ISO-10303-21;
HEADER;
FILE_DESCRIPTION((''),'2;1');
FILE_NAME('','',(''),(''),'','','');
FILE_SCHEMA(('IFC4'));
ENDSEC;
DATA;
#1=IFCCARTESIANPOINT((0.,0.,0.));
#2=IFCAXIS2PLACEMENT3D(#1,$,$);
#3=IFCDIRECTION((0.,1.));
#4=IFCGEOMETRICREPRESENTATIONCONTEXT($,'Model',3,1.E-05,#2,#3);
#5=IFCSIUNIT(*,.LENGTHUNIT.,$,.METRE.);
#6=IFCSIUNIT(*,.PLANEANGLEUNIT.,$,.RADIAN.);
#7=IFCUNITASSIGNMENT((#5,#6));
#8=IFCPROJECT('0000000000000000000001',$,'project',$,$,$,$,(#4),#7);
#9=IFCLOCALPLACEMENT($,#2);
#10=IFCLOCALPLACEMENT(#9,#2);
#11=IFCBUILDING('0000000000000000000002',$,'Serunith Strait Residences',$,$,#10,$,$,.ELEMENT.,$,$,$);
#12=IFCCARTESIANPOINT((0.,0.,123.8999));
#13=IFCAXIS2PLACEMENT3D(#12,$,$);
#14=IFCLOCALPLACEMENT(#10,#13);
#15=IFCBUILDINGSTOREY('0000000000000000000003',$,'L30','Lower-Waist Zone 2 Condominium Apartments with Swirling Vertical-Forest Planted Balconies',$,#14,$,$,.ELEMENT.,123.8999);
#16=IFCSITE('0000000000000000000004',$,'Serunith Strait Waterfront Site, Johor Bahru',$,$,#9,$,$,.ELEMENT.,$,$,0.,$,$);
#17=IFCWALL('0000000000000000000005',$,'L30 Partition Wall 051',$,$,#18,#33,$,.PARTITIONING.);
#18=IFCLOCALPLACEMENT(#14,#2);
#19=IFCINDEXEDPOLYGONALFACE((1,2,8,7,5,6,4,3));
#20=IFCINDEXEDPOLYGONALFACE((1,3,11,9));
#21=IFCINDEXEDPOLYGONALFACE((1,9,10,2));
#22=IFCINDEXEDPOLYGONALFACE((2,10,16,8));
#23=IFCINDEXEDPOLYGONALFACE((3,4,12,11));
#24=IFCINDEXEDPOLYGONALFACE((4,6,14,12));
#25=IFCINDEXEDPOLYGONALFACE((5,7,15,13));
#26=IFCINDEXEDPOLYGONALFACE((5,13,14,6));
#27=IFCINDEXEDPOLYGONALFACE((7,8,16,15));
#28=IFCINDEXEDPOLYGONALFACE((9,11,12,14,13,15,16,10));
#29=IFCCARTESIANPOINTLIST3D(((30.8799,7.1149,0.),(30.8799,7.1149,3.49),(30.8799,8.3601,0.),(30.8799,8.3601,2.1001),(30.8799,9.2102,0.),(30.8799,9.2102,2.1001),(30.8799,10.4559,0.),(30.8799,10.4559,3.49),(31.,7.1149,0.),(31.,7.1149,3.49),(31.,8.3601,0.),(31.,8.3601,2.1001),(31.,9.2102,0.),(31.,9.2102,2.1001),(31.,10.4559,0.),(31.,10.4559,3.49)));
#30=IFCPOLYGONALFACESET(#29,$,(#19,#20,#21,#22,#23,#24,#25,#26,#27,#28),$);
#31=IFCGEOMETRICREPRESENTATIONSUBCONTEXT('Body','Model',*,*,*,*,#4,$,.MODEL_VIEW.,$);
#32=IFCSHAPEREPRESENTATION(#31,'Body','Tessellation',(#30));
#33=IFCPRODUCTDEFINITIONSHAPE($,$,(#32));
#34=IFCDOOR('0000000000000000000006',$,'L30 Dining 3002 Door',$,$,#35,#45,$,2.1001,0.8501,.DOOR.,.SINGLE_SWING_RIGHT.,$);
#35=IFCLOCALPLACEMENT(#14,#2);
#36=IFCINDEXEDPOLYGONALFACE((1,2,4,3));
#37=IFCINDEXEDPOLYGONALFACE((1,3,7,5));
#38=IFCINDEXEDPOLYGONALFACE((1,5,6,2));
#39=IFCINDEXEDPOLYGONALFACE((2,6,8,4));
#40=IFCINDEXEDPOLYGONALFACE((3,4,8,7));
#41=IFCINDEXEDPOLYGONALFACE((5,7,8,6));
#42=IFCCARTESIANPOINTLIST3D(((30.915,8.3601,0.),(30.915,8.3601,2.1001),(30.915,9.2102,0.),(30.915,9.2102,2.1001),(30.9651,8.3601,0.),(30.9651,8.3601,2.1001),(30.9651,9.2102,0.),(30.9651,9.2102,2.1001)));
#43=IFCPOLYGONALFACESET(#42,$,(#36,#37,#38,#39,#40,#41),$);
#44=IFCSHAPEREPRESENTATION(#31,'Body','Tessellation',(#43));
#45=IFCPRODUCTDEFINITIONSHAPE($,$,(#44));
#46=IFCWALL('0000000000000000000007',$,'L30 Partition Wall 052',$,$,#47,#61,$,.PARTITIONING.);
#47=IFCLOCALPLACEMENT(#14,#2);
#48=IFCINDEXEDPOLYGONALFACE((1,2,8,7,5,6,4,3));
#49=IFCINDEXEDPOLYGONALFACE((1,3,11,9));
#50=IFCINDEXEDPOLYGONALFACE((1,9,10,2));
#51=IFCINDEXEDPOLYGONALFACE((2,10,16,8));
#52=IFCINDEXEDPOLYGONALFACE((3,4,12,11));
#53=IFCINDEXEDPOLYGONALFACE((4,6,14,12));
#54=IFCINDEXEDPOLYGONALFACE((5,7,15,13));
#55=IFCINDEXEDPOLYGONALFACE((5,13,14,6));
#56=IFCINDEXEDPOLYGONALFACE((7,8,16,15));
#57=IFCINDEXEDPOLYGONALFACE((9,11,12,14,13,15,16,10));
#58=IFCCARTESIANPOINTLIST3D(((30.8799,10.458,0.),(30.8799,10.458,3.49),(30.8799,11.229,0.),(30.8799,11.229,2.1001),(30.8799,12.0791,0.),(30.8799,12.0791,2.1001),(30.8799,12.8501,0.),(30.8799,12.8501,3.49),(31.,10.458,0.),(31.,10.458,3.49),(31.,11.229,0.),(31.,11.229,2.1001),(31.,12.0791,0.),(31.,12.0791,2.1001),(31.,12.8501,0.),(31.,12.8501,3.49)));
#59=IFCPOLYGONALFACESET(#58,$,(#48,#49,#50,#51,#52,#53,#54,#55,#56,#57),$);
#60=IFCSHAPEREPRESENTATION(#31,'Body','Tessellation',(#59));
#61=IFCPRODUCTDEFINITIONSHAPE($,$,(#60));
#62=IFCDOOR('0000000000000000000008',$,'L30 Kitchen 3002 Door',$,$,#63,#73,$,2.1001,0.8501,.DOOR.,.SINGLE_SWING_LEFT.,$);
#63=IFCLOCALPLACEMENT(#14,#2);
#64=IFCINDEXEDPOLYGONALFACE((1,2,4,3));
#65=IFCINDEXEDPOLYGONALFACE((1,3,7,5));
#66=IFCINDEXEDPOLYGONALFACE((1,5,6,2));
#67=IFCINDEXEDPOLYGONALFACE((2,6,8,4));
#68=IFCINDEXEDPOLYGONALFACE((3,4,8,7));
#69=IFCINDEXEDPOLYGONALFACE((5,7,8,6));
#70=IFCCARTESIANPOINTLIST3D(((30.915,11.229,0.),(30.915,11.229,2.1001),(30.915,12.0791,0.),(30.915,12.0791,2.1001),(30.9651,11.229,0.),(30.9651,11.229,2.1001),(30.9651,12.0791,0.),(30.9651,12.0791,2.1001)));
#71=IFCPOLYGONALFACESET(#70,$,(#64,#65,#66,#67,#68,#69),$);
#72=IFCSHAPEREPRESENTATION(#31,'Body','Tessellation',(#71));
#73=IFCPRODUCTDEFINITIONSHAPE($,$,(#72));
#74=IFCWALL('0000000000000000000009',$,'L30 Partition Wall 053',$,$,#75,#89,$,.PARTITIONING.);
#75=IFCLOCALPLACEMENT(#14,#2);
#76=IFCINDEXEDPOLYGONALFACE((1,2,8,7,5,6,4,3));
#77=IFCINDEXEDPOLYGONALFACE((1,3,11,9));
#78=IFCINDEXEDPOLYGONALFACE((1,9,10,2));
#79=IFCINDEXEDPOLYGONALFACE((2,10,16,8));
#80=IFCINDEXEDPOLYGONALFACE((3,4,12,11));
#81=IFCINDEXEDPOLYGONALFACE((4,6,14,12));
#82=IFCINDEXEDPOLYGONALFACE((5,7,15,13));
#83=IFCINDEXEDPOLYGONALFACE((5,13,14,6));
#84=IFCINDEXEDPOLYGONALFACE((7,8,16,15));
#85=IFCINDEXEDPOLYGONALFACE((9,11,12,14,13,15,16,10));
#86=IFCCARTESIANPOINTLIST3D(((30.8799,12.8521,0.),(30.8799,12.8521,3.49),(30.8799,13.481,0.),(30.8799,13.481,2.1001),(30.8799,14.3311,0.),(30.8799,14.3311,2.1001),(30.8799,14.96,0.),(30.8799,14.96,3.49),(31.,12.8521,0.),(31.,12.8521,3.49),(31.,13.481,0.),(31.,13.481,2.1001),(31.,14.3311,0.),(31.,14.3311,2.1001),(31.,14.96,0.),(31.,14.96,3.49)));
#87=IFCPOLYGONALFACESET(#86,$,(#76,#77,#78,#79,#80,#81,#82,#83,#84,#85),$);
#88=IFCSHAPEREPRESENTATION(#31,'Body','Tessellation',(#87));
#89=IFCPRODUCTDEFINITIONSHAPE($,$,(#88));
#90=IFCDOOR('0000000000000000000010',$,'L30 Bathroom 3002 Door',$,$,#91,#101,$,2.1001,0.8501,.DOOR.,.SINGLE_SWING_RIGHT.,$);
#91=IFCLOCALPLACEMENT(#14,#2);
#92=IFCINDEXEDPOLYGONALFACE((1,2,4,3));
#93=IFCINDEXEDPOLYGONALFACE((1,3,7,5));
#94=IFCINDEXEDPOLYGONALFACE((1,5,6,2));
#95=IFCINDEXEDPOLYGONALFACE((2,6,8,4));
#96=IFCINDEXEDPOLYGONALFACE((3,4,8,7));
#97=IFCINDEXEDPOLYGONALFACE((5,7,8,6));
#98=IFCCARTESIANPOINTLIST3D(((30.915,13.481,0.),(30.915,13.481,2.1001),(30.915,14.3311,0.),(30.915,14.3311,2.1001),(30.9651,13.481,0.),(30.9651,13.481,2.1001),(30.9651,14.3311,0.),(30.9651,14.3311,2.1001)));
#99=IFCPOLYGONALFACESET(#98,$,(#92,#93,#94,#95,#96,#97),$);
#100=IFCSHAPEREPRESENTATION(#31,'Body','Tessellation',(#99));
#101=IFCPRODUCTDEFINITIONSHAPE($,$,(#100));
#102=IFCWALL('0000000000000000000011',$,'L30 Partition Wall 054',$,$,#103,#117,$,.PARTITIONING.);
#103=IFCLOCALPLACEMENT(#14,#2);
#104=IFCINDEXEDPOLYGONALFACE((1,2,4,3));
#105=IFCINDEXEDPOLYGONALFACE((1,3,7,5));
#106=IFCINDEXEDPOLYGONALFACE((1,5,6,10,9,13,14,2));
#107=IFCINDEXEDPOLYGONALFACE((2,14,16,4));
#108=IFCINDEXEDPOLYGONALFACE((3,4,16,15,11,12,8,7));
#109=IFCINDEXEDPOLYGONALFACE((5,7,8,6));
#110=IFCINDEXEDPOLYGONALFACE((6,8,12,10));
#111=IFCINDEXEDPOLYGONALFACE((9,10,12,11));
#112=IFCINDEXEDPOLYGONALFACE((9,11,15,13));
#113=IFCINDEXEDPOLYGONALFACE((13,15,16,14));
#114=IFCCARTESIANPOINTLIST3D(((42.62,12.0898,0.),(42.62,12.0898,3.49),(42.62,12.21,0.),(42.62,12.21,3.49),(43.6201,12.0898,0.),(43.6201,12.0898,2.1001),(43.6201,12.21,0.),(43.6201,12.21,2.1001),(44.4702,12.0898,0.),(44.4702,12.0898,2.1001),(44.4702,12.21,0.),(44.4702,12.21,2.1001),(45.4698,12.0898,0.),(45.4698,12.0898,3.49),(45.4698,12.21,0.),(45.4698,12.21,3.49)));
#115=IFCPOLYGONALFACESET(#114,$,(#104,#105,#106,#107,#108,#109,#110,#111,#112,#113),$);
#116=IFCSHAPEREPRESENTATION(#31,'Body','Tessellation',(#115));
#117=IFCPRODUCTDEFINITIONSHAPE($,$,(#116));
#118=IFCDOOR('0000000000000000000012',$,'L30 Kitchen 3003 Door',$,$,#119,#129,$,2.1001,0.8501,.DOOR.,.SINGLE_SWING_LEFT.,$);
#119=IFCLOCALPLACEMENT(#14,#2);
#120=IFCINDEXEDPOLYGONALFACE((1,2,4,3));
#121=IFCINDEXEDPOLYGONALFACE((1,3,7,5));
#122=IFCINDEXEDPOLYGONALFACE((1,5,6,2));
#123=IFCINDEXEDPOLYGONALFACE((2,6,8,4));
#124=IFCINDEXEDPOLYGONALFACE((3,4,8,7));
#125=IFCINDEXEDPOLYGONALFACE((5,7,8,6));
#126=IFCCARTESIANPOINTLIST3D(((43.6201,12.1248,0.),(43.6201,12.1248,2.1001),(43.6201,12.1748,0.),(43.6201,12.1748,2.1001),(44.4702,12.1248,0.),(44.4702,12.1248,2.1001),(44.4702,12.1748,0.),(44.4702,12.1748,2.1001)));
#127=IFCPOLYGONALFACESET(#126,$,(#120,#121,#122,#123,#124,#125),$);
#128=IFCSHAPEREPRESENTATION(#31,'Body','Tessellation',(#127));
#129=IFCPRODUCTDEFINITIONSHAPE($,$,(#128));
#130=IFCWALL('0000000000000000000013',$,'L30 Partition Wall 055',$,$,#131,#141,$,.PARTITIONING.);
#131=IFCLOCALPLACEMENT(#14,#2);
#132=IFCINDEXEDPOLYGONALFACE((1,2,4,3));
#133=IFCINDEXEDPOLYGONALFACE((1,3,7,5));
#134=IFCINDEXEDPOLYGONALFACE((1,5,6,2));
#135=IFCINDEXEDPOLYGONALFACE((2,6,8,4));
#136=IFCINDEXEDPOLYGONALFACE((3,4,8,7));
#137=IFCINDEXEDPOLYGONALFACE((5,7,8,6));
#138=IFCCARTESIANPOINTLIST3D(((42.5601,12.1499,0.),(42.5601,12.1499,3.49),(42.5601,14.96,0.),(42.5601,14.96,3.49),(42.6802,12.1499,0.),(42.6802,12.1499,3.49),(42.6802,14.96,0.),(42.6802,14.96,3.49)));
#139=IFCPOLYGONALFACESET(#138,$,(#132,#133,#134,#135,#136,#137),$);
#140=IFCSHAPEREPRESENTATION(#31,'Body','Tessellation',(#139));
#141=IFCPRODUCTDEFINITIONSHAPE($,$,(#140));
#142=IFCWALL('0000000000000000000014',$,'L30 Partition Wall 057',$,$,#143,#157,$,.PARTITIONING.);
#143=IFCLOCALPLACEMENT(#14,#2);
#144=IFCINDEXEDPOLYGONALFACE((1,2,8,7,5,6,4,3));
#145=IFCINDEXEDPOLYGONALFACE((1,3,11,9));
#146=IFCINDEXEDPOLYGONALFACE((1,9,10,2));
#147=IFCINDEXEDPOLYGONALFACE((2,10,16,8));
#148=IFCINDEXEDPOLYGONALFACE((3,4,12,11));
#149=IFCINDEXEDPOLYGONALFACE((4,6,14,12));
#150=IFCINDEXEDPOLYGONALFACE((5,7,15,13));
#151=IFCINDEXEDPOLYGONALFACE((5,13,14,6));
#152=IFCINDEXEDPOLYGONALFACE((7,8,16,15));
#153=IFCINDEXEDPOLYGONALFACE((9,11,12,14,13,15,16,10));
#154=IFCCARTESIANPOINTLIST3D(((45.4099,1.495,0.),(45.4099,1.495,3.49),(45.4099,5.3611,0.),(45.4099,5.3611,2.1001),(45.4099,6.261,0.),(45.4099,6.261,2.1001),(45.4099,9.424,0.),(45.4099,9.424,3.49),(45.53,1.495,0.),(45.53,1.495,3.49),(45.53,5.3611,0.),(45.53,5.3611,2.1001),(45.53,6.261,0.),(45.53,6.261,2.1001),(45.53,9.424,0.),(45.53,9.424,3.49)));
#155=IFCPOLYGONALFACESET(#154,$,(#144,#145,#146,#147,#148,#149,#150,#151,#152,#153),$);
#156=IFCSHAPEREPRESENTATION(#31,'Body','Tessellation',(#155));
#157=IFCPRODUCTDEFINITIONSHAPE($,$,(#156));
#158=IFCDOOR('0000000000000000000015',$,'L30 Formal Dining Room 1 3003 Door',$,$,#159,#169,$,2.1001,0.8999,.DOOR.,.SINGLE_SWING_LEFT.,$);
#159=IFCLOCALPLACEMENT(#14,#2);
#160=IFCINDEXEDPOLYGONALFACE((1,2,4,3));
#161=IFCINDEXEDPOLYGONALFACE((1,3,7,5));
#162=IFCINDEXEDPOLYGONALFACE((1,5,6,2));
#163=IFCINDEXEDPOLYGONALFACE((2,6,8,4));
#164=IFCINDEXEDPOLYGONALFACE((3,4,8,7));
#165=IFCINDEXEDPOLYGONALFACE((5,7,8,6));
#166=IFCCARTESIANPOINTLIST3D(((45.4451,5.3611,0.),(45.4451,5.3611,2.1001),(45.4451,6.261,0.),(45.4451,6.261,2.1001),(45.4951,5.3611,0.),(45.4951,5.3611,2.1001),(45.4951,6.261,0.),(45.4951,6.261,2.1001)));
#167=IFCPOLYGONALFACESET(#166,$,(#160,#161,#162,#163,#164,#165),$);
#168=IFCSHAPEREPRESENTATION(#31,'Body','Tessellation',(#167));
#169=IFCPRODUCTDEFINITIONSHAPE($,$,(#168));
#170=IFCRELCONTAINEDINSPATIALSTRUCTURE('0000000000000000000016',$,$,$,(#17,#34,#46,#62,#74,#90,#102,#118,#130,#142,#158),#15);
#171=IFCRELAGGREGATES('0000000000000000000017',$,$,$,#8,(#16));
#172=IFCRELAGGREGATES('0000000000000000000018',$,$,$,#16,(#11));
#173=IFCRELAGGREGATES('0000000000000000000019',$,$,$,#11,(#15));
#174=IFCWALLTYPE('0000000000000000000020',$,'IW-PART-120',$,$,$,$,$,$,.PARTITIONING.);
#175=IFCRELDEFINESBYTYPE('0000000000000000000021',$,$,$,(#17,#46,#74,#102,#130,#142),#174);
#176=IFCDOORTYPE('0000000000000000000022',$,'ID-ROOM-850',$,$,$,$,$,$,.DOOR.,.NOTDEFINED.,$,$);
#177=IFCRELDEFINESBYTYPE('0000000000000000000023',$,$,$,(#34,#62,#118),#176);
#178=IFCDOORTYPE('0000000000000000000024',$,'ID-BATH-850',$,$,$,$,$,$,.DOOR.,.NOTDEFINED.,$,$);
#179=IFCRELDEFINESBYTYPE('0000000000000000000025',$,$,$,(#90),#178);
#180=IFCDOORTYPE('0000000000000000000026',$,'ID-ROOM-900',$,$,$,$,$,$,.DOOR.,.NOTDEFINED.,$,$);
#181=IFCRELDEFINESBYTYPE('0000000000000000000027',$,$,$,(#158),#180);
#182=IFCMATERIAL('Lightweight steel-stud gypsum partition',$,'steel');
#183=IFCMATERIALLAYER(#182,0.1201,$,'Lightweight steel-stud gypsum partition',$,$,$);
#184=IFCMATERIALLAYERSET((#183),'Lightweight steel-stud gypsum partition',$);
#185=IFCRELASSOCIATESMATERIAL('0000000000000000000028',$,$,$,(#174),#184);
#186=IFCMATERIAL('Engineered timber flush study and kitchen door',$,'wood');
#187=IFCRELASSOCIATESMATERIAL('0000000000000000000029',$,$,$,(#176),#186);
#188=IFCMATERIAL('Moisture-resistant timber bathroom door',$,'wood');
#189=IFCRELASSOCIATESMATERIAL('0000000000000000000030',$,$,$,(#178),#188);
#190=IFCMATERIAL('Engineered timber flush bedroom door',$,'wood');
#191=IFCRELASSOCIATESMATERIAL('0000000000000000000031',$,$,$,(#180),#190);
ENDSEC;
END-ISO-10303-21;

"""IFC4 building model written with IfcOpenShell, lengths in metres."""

from ifc_helpers import new_model, si_unit, direction, frame, frame_2d, origin, place, context, subcontext, project, spatial, rectangle, extrude, source, transform, mapped, material, layer, layer_set, type_object, element, fill, save


model = new_model("IFC4")

# Units and contexts
model_context = context("Model", 3, precision=1e-05, world=origin(), true_north=direction((0.0, 1.0)))
body_context = subcontext(model_context, "Body", "Model", "MODEL_VIEW")
ifc_project = project(units=[si_unit("LENGTHUNIT", "METRE"), si_unit("PLANEANGLEUNIT", "RADIAN")], contexts=[model_context])

# Site, building, storey
site_placement = place(None, origin())
site = spatial("IfcSite", under=ifc_project, at=site_placement, Name="Serunith Strait Waterfront Site, Johor Bahru", CompositionType="ELEMENT", RefElevation=0.0)
building_placement = place(site_placement, origin())
building = spatial("IfcBuilding", under=site, at=building_placement, Name="Serunith Strait Residences", CompositionType="ELEMENT")
storey_placement = place(building_placement, frame((0.0, 0.0, 123.8999)))
storey = spatial("IfcBuildingStorey", under=building, at=storey_placement, Name="L30", Description="Lower-Waist Zone 2 Condominium Apartments with Swirling Vertical-Forest Planted Balconies", CompositionType="ELEMENT", Elevation=123.8999)

# Shared definitions
ifc_material_1 = material(Name="Lightweight steel-stud gypsum partition", Category="steel")
ifc_layer_1 = layer(ifc_material_1, 0.1201, Name="Lightweight steel-stud gypsum partition")
ifc_layer_set_1 = layer_set([ifc_layer_1], Name="Lightweight steel-stud gypsum partition")
wall_type_1 = type_object("IfcWallType", Name="IW-PART-120", PredefinedType="PARTITIONING", material=ifc_layer_set_1)

# Walls, openings, doors
wall_1_placement = place(storey_placement, frame((30.9399, 7.115, 0.0), z_axis=(0.0, 0.0, 1.0), x_axis=(0.0, 1.0, 0.0)))
wall_1 = element("IfcWall", 1, at=wall_1_placement, inside=storey, type_object=wall_type_1, Name="L30 Partition Wall 051", PredefinedType="PARTITIONING", context=body_context, shape_type="SweptSolid", body=[
    extrude(rectangle(XDim=3.3411, YDim=0.1201, at=frame_2d((1.6704, 0.0))), origin(), (0.0, 0.0, 1.0), 3.49),
])
opening_1_placement = place(wall_1_placement, frame((1.2451, 0.0, 0.0)))
opening_1 = element("IfcOpeningElement", 2, at=opening_1_placement, cuts=wall_1, PredefinedType="OPENING", context=body_context, shape_type="SweptSolid", body=[
    extrude(rectangle(XDim=0.8501, YDim=2.1001, at=frame_2d((0.425, 1.05))), frame((0.0, 0.0701, 0.0), z_axis=(0.0, -1.0, 0.0), x_axis=(1.0, 0.0, 0.0)), (0.0, 0.0, 1.0), 0.1401),
])
ifc_material_2 = material(Name="Engineered timber flush study and kitchen door", Category="wood")
door_type_1 = type_object("IfcDoorType", Name="ID-ROOM-850", OperationType="NOTDEFINED", PredefinedType="DOOR", material=ifc_material_2)
shared_shape_1 = source(origin(), body_context, "Body", "SweptSolid", [
    extrude(rectangle(XDim=0.8501, YDim=2.1001, at=frame_2d((0.425, 1.05))), frame((0.0, 0.0249, 0.0), z_axis=(0.0, -1.0, 0.0), x_axis=(1.0, 0.0, 0.0)), (0.0, 0.0, 1.0), 0.05),
])
door_1_placement = place(opening_1_placement, origin())
door_1 = element("IfcDoor", 3, at=door_1_placement, inside=storey, type_object=door_type_1, Name="L30 Dining 3002 Door", OperationType="SINGLE_SWING_RIGHT", OverallHeight=2.1001, OverallWidth=0.8501, PredefinedType="DOOR", context=body_context, shape_type="MappedRepresentation", body=[
    mapped(shared_shape_1, transform((0.0, 0.0, 0.0), scale=1.0)),
])
fill(opening_1, door_1)
wall_2_placement = place(storey_placement, frame((30.9399, 10.458, 0.0), z_axis=(0.0, 0.0, 1.0), x_axis=(0.0, 1.0, 0.0)))
wall_2 = element("IfcWall", 4, at=wall_2_placement, inside=storey, type_object=wall_type_1, Name="L30 Partition Wall 052", PredefinedType="PARTITIONING", context=body_context, shape_type="SweptSolid", body=[
    extrude(rectangle(XDim=2.3921, YDim=0.1201, at=frame_2d((1.196, 0.0))), origin(), (0.0, 0.0, 1.0), 3.49),
])
opening_2_placement = place(wall_2_placement, frame((0.771, 0.0, 0.0)))
opening_2 = element("IfcOpeningElement", 5, at=opening_2_placement, cuts=wall_2, PredefinedType="OPENING", context=body_context, shape_type="SweptSolid", body=[
    extrude(rectangle(XDim=0.8501, YDim=2.1001, at=frame_2d((0.425, 1.05))), frame((0.0, 0.0701, 0.0), z_axis=(0.0, -1.0, 0.0), x_axis=(1.0, 0.0, 0.0)), (0.0, 0.0, 1.0), 0.1401),
])
door_2_placement = place(opening_2_placement, origin())
door_2 = element("IfcDoor", 6, at=door_2_placement, inside=storey, type_object=door_type_1, Name="L30 Kitchen 3002 Door", OperationType="SINGLE_SWING_LEFT", OverallHeight=2.1001, OverallWidth=0.8501, PredefinedType="DOOR", context=body_context, shape_type="MappedRepresentation", body=[
    mapped(shared_shape_1, transform((0.0, 0.0, 0.0), scale=1.0)),
])
fill(opening_2, door_2)
wall_3_placement = place(storey_placement, frame((30.9399, 12.8521, 0.0), z_axis=(0.0, 0.0, 1.0), x_axis=(0.0, 1.0, 0.0)))
wall_3 = element("IfcWall", 7, at=wall_3_placement, inside=storey, type_object=wall_type_1, Name="L30 Partition Wall 053", PredefinedType="PARTITIONING", context=body_context, shape_type="SweptSolid", body=[
    extrude(rectangle(XDim=2.1079, YDim=0.1201, at=frame_2d((1.054, 0.0))), origin(), (0.0, 0.0, 1.0), 3.49),
])
opening_3_placement = place(wall_3_placement, frame((0.6289, 0.0, 0.0)))
opening_3 = element("IfcOpeningElement", 8, at=opening_3_placement, cuts=wall_3, PredefinedType="OPENING", context=body_context, shape_type="SweptSolid", body=[
    extrude(rectangle(XDim=0.8501, YDim=2.1001, at=frame_2d((0.425, 1.05))), frame((0.0, 0.0701, 0.0), z_axis=(0.0, -1.0, 0.0), x_axis=(1.0, 0.0, 0.0)), (0.0, 0.0, 1.0), 0.1401),
])
ifc_material_3 = material(Name="Moisture-resistant timber bathroom door", Category="wood")
door_type_2 = type_object("IfcDoorType", Name="ID-BATH-850", OperationType="NOTDEFINED", PredefinedType="DOOR", material=ifc_material_3)
door_3_placement = place(opening_3_placement, origin())
door_3 = element("IfcDoor", 9, at=door_3_placement, inside=storey, type_object=door_type_2, Name="L30 Bathroom 3002 Door", OperationType="SINGLE_SWING_RIGHT", OverallHeight=2.1001, OverallWidth=0.8501, PredefinedType="DOOR", context=body_context, shape_type="MappedRepresentation", body=[
    mapped(shared_shape_1, transform((0.0, 0.0, 0.0), scale=1.0)),
])
fill(opening_3, door_3)
wall_4_placement = place(storey_placement, frame((42.6201, 12.1499, 0.0), z_axis=(0.0, 0.0, 1.0), x_axis=(1.0, 0.0, 0.0)))
wall_4 = element("IfcWall", 10, at=wall_4_placement, inside=storey, type_object=wall_type_1, Name="L30 Partition Wall 054", PredefinedType="PARTITIONING", context=body_context, shape_type="SweptSolid", body=[
    extrude(rectangle(XDim=2.8499, YDim=0.1201, at=frame_2d((1.4248, 0.0))), origin(), (0.0, 0.0, 1.0), 3.49),
])
opening_4_placement = place(wall_4_placement, frame((1.0, 0.0, 0.0)))
opening_4 = element("IfcOpeningElement", 11, at=opening_4_placement, cuts=wall_4, PredefinedType="OPENING", context=body_context, shape_type="SweptSolid", body=[
    extrude(rectangle(XDim=0.8501, YDim=2.1001, at=frame_2d((0.425, 1.05))), frame((0.0, 0.0701, 0.0), z_axis=(0.0, -1.0, 0.0), x_axis=(1.0, 0.0, 0.0)), (0.0, 0.0, 1.0), 0.1401),
])
door_4_placement = place(opening_4_placement, origin())
door_4 = element("IfcDoor", 12, at=door_4_placement, inside=storey, type_object=door_type_1, Name="L30 Kitchen 3003 Door", OperationType="SINGLE_SWING_LEFT", OverallHeight=2.1001, OverallWidth=0.8501, PredefinedType="DOOR", context=body_context, shape_type="MappedRepresentation", body=[
    mapped(shared_shape_1, transform((0.0, 0.0, 0.0), scale=1.0)),
])
fill(opening_4, door_4)

# Wall
wall_5_placement = place(storey_placement, frame((42.6201, 12.1499, 0.0), z_axis=(0.0, 0.0, 1.0), x_axis=(0.0, 1.0, 0.0)))
element("IfcWall", 13, at=wall_5_placement, inside=storey, type_object=wall_type_1, Name="L30 Partition Wall 055", PredefinedType="PARTITIONING", context=body_context, shape_type="SweptSolid", body=[
    extrude(rectangle(XDim=2.8101, YDim=0.1201, at=frame_2d((1.405, 0.0))), origin(), (0.0, 0.0, 1.0), 3.49),
])

# Wall, opening, door
wall_6_placement = place(storey_placement, frame((45.47, 1.4951, 0.0), z_axis=(0.0, 0.0, 1.0), x_axis=(0.0, 1.0, 0.0)))
wall_6 = element("IfcWall", 14, at=wall_6_placement, inside=storey, type_object=wall_type_1, Name="L30 Partition Wall 057", PredefinedType="PARTITIONING", context=body_context, shape_type="SweptSolid", body=[
    extrude(rectangle(XDim=7.929, YDim=0.1201, at=frame_2d((3.9644, 0.0))), origin(), (0.0, 0.0, 1.0), 3.49),
])
opening_5_placement = place(wall_6_placement, frame((3.866, 0.0, 0.0)))
opening_5 = element("IfcOpeningElement", 15, at=opening_5_placement, cuts=wall_6, PredefinedType="OPENING", context=body_context, shape_type="SweptSolid", body=[
    extrude(rectangle(XDim=0.8999, YDim=2.1001, at=frame_2d((0.45, 1.05))), frame((0.0, 0.0701, 0.0), z_axis=(0.0, -1.0, 0.0), x_axis=(1.0, 0.0, 0.0)), (0.0, 0.0, 1.0), 0.1401),
])
ifc_material_4 = material(Name="Engineered timber flush bedroom door", Category="wood")
door_type_3 = type_object("IfcDoorType", Name="ID-ROOM-900", OperationType="NOTDEFINED", PredefinedType="DOOR", material=ifc_material_4)
shared_shape_2 = source(origin(), body_context, "Body", "SweptSolid", [
    extrude(rectangle(XDim=0.8999, YDim=2.1001, at=frame_2d((0.45, 1.05))), frame((0.0, 0.0249, 0.0), z_axis=(0.0, -1.0, 0.0), x_axis=(1.0, 0.0, 0.0)), (0.0, 0.0, 1.0), 0.05),
])
door_5_placement = place(opening_5_placement, origin())
door_5 = element("IfcDoor", 16, at=door_5_placement, inside=storey, type_object=door_type_3, Name="L30 Formal Dining Room 1 3003 Door", OperationType="SINGLE_SWING_LEFT", OverallHeight=2.1001, OverallWidth=0.8999, PredefinedType="DOOR", context=body_context, shape_type="MappedRepresentation", body=[
    mapped(shared_shape_2, transform((0.0, 0.0, 0.0), scale=1.0)),
])
fill(opening_5, door_5)

save(model, "model.ifc")
